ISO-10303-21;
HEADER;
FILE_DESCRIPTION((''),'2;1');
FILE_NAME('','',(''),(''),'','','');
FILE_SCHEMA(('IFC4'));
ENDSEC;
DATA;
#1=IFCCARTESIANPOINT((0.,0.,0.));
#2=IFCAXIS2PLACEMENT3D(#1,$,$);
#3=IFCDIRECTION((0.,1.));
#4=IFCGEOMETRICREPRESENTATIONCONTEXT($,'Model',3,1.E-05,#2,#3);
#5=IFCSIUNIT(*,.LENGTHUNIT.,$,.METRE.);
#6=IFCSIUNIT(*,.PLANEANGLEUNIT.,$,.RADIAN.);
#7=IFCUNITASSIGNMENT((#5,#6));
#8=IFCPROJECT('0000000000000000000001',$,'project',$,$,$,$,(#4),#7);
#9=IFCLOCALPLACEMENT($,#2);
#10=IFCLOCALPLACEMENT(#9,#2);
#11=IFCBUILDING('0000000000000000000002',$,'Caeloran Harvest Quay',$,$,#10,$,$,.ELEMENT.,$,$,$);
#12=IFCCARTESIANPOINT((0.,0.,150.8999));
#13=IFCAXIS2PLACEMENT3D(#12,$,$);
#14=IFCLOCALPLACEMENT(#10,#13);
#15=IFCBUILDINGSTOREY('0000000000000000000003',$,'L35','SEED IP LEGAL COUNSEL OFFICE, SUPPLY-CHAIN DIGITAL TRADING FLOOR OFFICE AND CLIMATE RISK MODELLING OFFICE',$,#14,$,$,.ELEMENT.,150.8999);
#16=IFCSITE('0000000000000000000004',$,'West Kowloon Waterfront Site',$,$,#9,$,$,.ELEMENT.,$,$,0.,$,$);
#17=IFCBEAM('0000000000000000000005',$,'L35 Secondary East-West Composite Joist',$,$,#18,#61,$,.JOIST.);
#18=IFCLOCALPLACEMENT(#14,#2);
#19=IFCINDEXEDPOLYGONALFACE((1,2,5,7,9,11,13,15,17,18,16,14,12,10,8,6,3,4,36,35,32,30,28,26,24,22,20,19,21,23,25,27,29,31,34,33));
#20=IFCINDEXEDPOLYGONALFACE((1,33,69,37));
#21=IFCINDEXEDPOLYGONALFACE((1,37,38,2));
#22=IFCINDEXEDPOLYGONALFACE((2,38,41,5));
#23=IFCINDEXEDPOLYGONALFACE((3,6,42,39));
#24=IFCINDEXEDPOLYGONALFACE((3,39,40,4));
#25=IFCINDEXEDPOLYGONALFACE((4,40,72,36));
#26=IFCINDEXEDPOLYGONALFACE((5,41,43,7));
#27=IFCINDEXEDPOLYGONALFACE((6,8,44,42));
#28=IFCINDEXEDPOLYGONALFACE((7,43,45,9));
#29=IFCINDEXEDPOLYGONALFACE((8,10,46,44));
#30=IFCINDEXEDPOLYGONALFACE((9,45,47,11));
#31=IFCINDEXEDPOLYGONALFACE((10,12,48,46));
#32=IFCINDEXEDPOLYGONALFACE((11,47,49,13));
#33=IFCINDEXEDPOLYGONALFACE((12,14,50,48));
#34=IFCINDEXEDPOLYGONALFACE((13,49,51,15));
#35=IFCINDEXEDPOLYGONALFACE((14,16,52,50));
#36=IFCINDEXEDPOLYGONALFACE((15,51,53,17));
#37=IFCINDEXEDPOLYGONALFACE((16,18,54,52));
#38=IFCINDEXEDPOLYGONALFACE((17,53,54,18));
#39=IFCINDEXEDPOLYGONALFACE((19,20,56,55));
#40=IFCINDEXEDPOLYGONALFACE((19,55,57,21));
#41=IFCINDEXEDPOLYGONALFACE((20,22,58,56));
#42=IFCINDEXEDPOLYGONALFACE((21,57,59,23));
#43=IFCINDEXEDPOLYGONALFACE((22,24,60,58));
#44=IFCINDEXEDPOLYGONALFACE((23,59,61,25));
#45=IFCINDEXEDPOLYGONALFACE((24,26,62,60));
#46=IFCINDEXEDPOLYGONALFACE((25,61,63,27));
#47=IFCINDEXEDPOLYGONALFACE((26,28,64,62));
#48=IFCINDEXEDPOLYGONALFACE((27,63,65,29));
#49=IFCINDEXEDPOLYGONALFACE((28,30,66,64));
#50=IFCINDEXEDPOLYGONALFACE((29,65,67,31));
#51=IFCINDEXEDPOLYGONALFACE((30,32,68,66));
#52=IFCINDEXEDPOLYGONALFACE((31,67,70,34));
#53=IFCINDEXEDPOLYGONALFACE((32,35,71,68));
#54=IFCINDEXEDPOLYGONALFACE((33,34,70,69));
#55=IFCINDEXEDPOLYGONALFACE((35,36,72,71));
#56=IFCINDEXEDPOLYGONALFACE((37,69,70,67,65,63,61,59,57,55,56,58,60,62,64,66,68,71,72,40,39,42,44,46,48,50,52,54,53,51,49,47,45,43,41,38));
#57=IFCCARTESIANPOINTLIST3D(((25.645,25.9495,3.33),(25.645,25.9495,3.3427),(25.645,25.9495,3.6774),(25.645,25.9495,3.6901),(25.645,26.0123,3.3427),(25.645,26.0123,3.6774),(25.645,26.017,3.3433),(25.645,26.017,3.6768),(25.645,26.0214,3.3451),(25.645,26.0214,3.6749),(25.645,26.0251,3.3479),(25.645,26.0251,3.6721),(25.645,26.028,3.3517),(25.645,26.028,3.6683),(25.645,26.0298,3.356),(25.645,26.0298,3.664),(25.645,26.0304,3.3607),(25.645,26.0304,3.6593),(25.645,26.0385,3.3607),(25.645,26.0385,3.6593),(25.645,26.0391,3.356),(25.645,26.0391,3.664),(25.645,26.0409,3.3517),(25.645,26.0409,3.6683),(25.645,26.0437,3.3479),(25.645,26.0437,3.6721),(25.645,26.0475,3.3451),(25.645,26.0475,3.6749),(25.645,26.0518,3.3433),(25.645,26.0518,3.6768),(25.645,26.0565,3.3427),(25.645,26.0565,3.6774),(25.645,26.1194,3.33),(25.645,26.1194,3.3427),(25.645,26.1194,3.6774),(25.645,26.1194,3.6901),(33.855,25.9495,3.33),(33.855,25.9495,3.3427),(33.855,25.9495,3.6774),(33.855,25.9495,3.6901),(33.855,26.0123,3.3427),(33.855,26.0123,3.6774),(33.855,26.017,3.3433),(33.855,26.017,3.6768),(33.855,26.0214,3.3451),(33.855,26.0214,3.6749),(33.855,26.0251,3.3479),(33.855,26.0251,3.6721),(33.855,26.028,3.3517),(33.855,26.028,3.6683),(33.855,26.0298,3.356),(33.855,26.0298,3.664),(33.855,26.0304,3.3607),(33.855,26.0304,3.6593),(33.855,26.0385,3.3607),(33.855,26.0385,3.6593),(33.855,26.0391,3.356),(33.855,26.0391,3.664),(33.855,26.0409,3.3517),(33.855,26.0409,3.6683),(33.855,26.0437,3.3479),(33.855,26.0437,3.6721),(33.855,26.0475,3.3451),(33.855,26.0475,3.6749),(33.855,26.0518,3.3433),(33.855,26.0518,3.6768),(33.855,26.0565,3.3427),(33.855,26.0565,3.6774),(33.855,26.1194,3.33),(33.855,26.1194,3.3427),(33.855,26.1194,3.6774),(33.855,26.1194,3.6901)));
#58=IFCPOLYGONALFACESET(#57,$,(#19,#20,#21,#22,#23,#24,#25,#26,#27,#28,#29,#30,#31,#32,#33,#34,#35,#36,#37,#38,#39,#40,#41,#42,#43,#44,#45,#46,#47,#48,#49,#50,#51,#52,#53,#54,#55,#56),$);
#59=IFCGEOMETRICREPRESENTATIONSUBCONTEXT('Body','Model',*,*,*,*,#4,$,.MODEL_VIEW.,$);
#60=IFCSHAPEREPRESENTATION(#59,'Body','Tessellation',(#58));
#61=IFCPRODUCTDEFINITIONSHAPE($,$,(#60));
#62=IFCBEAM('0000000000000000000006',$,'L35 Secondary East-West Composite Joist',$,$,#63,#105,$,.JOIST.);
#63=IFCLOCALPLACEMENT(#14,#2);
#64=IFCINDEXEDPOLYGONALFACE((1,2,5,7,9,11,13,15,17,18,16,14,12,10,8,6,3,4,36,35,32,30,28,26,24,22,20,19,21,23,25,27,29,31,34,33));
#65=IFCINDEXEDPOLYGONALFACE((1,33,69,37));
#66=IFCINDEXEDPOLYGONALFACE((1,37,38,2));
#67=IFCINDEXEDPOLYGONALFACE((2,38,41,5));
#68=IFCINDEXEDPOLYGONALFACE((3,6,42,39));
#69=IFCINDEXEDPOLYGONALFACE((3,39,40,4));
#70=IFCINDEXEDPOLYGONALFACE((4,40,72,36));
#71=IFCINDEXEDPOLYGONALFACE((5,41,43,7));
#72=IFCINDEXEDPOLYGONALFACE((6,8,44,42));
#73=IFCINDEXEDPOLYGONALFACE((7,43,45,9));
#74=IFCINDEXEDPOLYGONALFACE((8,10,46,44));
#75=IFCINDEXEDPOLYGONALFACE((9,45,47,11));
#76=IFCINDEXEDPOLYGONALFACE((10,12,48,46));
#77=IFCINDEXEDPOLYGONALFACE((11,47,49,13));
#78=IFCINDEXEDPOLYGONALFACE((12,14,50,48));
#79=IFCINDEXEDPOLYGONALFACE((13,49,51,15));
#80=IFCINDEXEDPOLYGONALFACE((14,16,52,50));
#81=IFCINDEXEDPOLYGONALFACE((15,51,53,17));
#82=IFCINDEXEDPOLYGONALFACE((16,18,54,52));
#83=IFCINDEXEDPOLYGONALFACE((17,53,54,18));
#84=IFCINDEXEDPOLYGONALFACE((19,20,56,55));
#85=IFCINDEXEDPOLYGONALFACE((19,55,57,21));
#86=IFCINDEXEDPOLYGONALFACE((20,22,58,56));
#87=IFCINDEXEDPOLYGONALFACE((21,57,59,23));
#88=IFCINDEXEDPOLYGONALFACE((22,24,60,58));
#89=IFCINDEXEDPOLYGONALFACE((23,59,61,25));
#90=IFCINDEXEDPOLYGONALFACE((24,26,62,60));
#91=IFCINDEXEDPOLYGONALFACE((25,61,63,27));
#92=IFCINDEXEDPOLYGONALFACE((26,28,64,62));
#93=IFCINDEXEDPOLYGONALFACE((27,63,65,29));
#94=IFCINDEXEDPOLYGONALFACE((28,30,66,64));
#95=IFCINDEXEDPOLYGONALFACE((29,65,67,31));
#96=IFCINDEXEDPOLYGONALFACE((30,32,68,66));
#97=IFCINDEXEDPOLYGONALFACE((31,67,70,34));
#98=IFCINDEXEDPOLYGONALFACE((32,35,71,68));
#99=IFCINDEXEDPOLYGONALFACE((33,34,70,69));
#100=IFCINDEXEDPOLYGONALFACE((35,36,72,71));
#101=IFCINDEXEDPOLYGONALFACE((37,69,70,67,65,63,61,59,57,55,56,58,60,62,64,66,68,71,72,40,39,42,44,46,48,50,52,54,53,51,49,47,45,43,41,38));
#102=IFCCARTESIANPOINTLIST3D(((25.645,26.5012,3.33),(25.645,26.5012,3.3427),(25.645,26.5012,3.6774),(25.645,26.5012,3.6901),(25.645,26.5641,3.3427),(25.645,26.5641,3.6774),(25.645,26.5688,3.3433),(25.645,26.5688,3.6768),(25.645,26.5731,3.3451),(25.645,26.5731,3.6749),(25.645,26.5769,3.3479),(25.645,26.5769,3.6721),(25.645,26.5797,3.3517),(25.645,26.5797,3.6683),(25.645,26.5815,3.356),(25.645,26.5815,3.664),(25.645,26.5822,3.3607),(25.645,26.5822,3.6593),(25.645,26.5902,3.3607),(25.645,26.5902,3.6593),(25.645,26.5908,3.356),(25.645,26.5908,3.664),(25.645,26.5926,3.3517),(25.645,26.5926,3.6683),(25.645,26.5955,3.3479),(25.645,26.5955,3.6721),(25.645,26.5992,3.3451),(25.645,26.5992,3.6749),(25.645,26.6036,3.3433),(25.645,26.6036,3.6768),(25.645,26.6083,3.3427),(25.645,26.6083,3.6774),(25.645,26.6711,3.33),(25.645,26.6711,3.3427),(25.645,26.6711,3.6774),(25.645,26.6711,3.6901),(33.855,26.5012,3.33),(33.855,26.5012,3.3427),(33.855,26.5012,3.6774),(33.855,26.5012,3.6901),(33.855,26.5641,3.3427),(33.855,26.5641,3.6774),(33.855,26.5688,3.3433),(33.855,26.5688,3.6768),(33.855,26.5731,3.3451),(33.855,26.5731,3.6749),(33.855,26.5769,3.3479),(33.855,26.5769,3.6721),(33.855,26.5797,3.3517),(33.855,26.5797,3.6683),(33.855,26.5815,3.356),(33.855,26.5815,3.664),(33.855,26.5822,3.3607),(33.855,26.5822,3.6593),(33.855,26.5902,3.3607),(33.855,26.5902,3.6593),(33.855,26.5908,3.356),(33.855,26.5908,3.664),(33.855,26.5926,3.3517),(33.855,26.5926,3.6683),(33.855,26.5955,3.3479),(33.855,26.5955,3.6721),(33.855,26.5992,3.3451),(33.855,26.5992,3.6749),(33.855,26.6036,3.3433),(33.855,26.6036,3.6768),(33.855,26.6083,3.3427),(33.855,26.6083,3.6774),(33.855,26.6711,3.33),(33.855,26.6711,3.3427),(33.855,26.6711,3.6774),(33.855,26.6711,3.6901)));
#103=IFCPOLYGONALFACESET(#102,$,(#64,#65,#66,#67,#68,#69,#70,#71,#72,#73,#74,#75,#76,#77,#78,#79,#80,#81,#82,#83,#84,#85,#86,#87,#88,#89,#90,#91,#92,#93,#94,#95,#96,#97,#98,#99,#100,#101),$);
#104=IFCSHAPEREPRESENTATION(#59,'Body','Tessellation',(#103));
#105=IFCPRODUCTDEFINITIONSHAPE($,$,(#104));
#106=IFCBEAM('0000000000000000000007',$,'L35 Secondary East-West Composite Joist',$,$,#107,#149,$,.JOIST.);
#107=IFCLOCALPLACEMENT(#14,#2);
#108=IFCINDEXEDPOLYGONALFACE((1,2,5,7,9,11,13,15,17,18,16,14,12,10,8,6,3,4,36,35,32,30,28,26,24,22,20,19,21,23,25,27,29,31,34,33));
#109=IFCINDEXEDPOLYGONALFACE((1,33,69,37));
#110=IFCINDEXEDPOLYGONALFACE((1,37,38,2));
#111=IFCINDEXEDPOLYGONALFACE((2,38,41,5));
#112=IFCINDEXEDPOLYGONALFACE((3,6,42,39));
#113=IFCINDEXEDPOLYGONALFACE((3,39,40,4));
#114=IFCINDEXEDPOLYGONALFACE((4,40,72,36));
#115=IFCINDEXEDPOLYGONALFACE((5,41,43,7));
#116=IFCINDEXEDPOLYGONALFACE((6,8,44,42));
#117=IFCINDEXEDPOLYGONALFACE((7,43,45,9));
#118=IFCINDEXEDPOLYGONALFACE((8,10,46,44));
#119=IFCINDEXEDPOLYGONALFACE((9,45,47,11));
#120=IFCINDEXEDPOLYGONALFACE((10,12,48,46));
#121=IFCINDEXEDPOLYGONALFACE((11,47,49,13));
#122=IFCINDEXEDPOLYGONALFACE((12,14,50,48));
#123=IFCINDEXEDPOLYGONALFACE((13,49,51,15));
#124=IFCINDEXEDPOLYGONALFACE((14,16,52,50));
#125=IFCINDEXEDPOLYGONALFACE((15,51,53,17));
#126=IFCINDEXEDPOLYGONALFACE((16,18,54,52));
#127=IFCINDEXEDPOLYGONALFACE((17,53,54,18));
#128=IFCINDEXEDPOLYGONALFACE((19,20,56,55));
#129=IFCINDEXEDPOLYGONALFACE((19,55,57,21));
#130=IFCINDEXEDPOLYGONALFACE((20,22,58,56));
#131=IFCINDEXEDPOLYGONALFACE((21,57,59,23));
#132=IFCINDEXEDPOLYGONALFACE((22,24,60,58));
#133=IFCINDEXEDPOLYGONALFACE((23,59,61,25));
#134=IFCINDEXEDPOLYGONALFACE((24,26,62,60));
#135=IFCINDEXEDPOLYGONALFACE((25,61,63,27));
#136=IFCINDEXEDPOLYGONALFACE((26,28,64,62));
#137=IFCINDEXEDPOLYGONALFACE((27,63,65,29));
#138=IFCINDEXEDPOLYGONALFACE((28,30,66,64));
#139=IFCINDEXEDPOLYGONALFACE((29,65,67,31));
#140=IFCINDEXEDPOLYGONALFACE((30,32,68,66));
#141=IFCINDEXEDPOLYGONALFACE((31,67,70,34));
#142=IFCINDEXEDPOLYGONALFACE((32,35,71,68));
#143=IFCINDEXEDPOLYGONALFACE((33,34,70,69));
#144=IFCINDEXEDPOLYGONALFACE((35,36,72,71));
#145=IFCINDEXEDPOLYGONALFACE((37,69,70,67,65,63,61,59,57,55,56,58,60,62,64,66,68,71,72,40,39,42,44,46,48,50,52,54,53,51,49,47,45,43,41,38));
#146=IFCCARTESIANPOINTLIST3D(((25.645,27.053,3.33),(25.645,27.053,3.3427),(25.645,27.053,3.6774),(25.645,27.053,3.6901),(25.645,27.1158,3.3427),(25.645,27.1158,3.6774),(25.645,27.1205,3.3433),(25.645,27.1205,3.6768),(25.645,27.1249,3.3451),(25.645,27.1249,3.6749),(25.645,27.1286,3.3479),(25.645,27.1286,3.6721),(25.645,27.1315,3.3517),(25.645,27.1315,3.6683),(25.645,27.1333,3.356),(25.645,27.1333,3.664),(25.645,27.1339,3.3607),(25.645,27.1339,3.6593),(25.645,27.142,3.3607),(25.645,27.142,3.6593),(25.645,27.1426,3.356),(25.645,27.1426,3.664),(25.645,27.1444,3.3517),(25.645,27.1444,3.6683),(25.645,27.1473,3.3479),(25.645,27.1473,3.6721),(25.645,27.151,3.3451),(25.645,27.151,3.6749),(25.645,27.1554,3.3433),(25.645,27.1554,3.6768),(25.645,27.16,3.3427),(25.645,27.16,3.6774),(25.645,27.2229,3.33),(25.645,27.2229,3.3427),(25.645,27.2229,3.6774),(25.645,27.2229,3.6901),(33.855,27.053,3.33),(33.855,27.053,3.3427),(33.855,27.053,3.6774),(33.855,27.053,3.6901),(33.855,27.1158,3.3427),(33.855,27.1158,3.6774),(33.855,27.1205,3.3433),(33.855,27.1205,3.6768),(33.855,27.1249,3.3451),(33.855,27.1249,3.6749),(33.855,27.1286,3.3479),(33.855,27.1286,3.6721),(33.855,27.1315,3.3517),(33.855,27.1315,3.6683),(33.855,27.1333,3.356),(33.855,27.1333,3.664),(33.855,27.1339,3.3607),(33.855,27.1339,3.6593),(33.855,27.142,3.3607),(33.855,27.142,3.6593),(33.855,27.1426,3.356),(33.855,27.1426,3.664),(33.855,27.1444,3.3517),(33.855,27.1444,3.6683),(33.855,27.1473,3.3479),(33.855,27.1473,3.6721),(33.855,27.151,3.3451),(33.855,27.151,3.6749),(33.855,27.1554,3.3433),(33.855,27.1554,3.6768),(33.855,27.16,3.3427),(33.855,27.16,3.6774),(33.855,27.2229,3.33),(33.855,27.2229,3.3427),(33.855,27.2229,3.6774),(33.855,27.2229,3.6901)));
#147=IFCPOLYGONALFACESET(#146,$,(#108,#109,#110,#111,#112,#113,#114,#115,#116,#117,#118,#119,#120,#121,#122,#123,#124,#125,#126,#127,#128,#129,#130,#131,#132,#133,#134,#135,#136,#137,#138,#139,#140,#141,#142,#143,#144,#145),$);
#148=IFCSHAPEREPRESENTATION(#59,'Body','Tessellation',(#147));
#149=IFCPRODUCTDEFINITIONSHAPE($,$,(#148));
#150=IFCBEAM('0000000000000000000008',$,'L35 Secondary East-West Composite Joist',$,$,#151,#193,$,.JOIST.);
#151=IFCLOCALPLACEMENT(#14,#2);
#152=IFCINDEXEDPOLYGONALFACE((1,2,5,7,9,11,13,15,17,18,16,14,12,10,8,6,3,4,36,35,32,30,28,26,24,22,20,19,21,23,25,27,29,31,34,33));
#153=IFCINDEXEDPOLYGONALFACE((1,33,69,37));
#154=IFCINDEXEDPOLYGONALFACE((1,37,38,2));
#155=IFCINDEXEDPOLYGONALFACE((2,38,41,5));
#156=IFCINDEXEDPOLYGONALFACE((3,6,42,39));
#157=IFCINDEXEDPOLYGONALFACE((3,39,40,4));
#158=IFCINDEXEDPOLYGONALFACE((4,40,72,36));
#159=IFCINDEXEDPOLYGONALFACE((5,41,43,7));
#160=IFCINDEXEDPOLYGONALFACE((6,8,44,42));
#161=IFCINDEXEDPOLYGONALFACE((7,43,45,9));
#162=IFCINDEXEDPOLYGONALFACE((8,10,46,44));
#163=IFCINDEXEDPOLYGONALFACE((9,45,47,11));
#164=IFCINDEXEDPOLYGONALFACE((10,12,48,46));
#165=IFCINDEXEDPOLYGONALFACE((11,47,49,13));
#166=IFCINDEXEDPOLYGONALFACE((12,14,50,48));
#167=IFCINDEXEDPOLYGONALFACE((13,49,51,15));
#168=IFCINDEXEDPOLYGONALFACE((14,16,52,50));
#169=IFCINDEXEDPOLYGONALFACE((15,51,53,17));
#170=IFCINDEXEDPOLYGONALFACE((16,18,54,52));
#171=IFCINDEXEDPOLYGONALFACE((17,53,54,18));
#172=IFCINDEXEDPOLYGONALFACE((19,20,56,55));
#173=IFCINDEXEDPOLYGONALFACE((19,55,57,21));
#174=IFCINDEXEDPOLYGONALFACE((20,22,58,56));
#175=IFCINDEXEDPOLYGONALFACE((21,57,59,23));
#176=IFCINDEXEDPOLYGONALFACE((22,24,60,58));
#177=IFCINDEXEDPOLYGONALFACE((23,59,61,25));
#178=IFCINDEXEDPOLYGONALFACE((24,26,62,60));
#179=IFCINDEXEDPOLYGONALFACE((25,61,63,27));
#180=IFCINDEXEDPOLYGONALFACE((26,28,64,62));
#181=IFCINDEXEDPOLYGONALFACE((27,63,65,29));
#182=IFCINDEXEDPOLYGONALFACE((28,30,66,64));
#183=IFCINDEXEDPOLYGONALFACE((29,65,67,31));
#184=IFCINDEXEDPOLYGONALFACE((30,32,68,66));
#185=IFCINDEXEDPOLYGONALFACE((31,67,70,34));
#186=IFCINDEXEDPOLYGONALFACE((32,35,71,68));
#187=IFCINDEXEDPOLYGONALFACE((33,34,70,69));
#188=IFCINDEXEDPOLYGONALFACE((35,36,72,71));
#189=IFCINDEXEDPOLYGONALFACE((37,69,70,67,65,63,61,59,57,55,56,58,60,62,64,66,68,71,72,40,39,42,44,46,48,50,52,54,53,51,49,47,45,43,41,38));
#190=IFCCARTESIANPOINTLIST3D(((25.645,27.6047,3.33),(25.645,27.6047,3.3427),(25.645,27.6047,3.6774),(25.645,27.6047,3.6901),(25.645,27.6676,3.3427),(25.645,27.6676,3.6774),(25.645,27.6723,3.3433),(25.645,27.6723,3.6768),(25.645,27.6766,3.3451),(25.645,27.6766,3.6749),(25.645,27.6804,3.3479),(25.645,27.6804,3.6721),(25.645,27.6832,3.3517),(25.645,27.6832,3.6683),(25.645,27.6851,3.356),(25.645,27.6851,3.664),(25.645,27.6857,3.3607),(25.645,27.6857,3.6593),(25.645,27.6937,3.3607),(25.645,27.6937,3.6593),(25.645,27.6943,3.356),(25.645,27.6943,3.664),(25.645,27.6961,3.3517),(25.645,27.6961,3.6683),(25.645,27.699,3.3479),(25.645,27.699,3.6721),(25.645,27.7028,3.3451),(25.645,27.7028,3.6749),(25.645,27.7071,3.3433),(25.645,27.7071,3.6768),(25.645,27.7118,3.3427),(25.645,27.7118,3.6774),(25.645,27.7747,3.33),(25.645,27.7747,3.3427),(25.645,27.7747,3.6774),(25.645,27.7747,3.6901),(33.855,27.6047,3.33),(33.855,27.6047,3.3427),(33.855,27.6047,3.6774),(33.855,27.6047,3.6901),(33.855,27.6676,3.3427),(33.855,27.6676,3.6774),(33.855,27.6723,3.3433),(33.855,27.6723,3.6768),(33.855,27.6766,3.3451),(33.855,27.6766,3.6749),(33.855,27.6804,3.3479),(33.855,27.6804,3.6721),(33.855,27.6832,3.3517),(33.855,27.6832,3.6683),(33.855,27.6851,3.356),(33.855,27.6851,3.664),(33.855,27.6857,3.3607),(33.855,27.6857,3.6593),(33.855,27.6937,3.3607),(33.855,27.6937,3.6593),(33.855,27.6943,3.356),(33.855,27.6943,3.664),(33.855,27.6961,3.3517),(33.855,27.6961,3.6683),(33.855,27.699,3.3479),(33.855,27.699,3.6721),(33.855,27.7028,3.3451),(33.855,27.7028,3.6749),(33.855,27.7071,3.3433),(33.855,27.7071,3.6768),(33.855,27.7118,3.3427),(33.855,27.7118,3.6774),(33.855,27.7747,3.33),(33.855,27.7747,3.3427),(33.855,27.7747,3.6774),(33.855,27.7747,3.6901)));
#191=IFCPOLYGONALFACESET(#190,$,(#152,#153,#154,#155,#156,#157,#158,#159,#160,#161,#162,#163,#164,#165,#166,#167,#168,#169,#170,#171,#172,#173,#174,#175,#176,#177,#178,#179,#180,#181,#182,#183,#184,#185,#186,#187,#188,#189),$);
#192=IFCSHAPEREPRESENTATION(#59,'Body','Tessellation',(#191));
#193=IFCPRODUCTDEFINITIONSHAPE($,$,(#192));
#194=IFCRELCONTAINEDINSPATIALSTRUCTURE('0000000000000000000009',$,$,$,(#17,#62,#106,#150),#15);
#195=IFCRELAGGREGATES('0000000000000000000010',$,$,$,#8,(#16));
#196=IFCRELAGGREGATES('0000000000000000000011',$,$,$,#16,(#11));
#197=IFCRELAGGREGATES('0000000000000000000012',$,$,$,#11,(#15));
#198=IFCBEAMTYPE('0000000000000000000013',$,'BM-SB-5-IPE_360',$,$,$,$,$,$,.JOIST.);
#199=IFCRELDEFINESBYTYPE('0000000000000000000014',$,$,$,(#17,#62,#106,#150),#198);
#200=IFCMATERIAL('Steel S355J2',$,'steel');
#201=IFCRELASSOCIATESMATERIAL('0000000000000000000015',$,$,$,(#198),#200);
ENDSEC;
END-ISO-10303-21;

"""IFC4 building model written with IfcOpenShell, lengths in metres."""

from ifc_helpers import new_model, si_unit, direction, frame, origin, origin_2d, place, context, subcontext, project, spatial, i_section, extrude, material, material_profile, profile_set, type_object, element, save


model = new_model("IFC4")

# Units and contexts
model_context = context("Model", 3, precision=1e-05, world=origin(), true_north=direction((0.0, 1.0)))
body_context = subcontext(model_context, "Body", "Model", "MODEL_VIEW")
ifc_project = project(units=[si_unit("LENGTHUNIT", "METRE"), si_unit("PLANEANGLEUNIT", "RADIAN")], contexts=[model_context])

# Site, building, storey
site_placement = place(None, origin())
site = spatial("IfcSite", under=ifc_project, at=site_placement, Name="West Kowloon Waterfront Site", CompositionType="ELEMENT", RefElevation=0.0)
building_placement = place(site_placement, origin())
building = spatial("IfcBuilding", under=site, at=building_placement, Name="Caeloran Harvest Quay", CompositionType="ELEMENT")
storey_placement = place(building_placement, frame((0.0, 0.0, 150.8999)))
storey = spatial("IfcBuildingStorey", under=building, at=storey_placement, Name="L35", Description="SEED IP LEGAL COUNSEL OFFICE, SUPPLY-CHAIN DIGITAL TRADING FLOOR OFFICE AND CLIMATE RISK MODELLING OFFICE", CompositionType="ELEMENT", Elevation=150.8999)

# Beams
ifc_material_1 = material(Name="Steel S355J2", Category="steel")
ifc_material_profile_1 = material_profile(ifc_material_1, i_section(OverallWidth=0.1699, OverallDepth=0.3601, WebThickness=0.0081, FlangeThickness=0.0127, FilletRadius=0.0181, at=origin_2d()), Name="IPE 360")
ifc_profile_set_1 = profile_set([ifc_material_profile_1], Name="Steel S355J2")
beam_type_1 = type_object("IfcBeamType", Name="BM-SB-5-IPE_360", PredefinedType="JOIST", material=ifc_profile_set_1)
for number, where, z_axis, x_axis, name in (
    (1, (25.645, 26.0344, 3.51), (1.0, 0.0, 0.0), (0.0, 1.0, 0.0), "L35 Secondary East-West Composite Joist"),
    (2, (25.645, 26.5862, 3.51), (1.0, 0.0, 0.0), (0.0, 1.0, 0.0), "L35 Secondary East-West Composite Joist"),
    (3, (25.645, 27.1379, 3.51), (1.0, 0.0, 0.0), (0.0, 1.0, 0.0), "L35 Secondary East-West Composite Joist"),
    (4, (25.645, 27.6897, 3.51), (1.0, 0.0, 0.0), (0.0, 1.0, 0.0), "L35 Secondary East-West Composite Joist"),
):
    element("IfcBeam", number, at=place(storey_placement, frame(where, z_axis=z_axis, x_axis=x_axis)), inside=storey, type_object=beam_type_1, Name=name, PredefinedType="JOIST", context=body_context, shape_type="SweptSolid", body=[
        extrude(i_section(OverallWidth=0.1699, OverallDepth=0.3601, WebThickness=0.0081, FlangeThickness=0.0127, FilletRadius=0.0181, at=origin_2d()), origin(), (0.0, 0.0, 1.0), 8.21),
    ])

save(model, "model.ifc")
